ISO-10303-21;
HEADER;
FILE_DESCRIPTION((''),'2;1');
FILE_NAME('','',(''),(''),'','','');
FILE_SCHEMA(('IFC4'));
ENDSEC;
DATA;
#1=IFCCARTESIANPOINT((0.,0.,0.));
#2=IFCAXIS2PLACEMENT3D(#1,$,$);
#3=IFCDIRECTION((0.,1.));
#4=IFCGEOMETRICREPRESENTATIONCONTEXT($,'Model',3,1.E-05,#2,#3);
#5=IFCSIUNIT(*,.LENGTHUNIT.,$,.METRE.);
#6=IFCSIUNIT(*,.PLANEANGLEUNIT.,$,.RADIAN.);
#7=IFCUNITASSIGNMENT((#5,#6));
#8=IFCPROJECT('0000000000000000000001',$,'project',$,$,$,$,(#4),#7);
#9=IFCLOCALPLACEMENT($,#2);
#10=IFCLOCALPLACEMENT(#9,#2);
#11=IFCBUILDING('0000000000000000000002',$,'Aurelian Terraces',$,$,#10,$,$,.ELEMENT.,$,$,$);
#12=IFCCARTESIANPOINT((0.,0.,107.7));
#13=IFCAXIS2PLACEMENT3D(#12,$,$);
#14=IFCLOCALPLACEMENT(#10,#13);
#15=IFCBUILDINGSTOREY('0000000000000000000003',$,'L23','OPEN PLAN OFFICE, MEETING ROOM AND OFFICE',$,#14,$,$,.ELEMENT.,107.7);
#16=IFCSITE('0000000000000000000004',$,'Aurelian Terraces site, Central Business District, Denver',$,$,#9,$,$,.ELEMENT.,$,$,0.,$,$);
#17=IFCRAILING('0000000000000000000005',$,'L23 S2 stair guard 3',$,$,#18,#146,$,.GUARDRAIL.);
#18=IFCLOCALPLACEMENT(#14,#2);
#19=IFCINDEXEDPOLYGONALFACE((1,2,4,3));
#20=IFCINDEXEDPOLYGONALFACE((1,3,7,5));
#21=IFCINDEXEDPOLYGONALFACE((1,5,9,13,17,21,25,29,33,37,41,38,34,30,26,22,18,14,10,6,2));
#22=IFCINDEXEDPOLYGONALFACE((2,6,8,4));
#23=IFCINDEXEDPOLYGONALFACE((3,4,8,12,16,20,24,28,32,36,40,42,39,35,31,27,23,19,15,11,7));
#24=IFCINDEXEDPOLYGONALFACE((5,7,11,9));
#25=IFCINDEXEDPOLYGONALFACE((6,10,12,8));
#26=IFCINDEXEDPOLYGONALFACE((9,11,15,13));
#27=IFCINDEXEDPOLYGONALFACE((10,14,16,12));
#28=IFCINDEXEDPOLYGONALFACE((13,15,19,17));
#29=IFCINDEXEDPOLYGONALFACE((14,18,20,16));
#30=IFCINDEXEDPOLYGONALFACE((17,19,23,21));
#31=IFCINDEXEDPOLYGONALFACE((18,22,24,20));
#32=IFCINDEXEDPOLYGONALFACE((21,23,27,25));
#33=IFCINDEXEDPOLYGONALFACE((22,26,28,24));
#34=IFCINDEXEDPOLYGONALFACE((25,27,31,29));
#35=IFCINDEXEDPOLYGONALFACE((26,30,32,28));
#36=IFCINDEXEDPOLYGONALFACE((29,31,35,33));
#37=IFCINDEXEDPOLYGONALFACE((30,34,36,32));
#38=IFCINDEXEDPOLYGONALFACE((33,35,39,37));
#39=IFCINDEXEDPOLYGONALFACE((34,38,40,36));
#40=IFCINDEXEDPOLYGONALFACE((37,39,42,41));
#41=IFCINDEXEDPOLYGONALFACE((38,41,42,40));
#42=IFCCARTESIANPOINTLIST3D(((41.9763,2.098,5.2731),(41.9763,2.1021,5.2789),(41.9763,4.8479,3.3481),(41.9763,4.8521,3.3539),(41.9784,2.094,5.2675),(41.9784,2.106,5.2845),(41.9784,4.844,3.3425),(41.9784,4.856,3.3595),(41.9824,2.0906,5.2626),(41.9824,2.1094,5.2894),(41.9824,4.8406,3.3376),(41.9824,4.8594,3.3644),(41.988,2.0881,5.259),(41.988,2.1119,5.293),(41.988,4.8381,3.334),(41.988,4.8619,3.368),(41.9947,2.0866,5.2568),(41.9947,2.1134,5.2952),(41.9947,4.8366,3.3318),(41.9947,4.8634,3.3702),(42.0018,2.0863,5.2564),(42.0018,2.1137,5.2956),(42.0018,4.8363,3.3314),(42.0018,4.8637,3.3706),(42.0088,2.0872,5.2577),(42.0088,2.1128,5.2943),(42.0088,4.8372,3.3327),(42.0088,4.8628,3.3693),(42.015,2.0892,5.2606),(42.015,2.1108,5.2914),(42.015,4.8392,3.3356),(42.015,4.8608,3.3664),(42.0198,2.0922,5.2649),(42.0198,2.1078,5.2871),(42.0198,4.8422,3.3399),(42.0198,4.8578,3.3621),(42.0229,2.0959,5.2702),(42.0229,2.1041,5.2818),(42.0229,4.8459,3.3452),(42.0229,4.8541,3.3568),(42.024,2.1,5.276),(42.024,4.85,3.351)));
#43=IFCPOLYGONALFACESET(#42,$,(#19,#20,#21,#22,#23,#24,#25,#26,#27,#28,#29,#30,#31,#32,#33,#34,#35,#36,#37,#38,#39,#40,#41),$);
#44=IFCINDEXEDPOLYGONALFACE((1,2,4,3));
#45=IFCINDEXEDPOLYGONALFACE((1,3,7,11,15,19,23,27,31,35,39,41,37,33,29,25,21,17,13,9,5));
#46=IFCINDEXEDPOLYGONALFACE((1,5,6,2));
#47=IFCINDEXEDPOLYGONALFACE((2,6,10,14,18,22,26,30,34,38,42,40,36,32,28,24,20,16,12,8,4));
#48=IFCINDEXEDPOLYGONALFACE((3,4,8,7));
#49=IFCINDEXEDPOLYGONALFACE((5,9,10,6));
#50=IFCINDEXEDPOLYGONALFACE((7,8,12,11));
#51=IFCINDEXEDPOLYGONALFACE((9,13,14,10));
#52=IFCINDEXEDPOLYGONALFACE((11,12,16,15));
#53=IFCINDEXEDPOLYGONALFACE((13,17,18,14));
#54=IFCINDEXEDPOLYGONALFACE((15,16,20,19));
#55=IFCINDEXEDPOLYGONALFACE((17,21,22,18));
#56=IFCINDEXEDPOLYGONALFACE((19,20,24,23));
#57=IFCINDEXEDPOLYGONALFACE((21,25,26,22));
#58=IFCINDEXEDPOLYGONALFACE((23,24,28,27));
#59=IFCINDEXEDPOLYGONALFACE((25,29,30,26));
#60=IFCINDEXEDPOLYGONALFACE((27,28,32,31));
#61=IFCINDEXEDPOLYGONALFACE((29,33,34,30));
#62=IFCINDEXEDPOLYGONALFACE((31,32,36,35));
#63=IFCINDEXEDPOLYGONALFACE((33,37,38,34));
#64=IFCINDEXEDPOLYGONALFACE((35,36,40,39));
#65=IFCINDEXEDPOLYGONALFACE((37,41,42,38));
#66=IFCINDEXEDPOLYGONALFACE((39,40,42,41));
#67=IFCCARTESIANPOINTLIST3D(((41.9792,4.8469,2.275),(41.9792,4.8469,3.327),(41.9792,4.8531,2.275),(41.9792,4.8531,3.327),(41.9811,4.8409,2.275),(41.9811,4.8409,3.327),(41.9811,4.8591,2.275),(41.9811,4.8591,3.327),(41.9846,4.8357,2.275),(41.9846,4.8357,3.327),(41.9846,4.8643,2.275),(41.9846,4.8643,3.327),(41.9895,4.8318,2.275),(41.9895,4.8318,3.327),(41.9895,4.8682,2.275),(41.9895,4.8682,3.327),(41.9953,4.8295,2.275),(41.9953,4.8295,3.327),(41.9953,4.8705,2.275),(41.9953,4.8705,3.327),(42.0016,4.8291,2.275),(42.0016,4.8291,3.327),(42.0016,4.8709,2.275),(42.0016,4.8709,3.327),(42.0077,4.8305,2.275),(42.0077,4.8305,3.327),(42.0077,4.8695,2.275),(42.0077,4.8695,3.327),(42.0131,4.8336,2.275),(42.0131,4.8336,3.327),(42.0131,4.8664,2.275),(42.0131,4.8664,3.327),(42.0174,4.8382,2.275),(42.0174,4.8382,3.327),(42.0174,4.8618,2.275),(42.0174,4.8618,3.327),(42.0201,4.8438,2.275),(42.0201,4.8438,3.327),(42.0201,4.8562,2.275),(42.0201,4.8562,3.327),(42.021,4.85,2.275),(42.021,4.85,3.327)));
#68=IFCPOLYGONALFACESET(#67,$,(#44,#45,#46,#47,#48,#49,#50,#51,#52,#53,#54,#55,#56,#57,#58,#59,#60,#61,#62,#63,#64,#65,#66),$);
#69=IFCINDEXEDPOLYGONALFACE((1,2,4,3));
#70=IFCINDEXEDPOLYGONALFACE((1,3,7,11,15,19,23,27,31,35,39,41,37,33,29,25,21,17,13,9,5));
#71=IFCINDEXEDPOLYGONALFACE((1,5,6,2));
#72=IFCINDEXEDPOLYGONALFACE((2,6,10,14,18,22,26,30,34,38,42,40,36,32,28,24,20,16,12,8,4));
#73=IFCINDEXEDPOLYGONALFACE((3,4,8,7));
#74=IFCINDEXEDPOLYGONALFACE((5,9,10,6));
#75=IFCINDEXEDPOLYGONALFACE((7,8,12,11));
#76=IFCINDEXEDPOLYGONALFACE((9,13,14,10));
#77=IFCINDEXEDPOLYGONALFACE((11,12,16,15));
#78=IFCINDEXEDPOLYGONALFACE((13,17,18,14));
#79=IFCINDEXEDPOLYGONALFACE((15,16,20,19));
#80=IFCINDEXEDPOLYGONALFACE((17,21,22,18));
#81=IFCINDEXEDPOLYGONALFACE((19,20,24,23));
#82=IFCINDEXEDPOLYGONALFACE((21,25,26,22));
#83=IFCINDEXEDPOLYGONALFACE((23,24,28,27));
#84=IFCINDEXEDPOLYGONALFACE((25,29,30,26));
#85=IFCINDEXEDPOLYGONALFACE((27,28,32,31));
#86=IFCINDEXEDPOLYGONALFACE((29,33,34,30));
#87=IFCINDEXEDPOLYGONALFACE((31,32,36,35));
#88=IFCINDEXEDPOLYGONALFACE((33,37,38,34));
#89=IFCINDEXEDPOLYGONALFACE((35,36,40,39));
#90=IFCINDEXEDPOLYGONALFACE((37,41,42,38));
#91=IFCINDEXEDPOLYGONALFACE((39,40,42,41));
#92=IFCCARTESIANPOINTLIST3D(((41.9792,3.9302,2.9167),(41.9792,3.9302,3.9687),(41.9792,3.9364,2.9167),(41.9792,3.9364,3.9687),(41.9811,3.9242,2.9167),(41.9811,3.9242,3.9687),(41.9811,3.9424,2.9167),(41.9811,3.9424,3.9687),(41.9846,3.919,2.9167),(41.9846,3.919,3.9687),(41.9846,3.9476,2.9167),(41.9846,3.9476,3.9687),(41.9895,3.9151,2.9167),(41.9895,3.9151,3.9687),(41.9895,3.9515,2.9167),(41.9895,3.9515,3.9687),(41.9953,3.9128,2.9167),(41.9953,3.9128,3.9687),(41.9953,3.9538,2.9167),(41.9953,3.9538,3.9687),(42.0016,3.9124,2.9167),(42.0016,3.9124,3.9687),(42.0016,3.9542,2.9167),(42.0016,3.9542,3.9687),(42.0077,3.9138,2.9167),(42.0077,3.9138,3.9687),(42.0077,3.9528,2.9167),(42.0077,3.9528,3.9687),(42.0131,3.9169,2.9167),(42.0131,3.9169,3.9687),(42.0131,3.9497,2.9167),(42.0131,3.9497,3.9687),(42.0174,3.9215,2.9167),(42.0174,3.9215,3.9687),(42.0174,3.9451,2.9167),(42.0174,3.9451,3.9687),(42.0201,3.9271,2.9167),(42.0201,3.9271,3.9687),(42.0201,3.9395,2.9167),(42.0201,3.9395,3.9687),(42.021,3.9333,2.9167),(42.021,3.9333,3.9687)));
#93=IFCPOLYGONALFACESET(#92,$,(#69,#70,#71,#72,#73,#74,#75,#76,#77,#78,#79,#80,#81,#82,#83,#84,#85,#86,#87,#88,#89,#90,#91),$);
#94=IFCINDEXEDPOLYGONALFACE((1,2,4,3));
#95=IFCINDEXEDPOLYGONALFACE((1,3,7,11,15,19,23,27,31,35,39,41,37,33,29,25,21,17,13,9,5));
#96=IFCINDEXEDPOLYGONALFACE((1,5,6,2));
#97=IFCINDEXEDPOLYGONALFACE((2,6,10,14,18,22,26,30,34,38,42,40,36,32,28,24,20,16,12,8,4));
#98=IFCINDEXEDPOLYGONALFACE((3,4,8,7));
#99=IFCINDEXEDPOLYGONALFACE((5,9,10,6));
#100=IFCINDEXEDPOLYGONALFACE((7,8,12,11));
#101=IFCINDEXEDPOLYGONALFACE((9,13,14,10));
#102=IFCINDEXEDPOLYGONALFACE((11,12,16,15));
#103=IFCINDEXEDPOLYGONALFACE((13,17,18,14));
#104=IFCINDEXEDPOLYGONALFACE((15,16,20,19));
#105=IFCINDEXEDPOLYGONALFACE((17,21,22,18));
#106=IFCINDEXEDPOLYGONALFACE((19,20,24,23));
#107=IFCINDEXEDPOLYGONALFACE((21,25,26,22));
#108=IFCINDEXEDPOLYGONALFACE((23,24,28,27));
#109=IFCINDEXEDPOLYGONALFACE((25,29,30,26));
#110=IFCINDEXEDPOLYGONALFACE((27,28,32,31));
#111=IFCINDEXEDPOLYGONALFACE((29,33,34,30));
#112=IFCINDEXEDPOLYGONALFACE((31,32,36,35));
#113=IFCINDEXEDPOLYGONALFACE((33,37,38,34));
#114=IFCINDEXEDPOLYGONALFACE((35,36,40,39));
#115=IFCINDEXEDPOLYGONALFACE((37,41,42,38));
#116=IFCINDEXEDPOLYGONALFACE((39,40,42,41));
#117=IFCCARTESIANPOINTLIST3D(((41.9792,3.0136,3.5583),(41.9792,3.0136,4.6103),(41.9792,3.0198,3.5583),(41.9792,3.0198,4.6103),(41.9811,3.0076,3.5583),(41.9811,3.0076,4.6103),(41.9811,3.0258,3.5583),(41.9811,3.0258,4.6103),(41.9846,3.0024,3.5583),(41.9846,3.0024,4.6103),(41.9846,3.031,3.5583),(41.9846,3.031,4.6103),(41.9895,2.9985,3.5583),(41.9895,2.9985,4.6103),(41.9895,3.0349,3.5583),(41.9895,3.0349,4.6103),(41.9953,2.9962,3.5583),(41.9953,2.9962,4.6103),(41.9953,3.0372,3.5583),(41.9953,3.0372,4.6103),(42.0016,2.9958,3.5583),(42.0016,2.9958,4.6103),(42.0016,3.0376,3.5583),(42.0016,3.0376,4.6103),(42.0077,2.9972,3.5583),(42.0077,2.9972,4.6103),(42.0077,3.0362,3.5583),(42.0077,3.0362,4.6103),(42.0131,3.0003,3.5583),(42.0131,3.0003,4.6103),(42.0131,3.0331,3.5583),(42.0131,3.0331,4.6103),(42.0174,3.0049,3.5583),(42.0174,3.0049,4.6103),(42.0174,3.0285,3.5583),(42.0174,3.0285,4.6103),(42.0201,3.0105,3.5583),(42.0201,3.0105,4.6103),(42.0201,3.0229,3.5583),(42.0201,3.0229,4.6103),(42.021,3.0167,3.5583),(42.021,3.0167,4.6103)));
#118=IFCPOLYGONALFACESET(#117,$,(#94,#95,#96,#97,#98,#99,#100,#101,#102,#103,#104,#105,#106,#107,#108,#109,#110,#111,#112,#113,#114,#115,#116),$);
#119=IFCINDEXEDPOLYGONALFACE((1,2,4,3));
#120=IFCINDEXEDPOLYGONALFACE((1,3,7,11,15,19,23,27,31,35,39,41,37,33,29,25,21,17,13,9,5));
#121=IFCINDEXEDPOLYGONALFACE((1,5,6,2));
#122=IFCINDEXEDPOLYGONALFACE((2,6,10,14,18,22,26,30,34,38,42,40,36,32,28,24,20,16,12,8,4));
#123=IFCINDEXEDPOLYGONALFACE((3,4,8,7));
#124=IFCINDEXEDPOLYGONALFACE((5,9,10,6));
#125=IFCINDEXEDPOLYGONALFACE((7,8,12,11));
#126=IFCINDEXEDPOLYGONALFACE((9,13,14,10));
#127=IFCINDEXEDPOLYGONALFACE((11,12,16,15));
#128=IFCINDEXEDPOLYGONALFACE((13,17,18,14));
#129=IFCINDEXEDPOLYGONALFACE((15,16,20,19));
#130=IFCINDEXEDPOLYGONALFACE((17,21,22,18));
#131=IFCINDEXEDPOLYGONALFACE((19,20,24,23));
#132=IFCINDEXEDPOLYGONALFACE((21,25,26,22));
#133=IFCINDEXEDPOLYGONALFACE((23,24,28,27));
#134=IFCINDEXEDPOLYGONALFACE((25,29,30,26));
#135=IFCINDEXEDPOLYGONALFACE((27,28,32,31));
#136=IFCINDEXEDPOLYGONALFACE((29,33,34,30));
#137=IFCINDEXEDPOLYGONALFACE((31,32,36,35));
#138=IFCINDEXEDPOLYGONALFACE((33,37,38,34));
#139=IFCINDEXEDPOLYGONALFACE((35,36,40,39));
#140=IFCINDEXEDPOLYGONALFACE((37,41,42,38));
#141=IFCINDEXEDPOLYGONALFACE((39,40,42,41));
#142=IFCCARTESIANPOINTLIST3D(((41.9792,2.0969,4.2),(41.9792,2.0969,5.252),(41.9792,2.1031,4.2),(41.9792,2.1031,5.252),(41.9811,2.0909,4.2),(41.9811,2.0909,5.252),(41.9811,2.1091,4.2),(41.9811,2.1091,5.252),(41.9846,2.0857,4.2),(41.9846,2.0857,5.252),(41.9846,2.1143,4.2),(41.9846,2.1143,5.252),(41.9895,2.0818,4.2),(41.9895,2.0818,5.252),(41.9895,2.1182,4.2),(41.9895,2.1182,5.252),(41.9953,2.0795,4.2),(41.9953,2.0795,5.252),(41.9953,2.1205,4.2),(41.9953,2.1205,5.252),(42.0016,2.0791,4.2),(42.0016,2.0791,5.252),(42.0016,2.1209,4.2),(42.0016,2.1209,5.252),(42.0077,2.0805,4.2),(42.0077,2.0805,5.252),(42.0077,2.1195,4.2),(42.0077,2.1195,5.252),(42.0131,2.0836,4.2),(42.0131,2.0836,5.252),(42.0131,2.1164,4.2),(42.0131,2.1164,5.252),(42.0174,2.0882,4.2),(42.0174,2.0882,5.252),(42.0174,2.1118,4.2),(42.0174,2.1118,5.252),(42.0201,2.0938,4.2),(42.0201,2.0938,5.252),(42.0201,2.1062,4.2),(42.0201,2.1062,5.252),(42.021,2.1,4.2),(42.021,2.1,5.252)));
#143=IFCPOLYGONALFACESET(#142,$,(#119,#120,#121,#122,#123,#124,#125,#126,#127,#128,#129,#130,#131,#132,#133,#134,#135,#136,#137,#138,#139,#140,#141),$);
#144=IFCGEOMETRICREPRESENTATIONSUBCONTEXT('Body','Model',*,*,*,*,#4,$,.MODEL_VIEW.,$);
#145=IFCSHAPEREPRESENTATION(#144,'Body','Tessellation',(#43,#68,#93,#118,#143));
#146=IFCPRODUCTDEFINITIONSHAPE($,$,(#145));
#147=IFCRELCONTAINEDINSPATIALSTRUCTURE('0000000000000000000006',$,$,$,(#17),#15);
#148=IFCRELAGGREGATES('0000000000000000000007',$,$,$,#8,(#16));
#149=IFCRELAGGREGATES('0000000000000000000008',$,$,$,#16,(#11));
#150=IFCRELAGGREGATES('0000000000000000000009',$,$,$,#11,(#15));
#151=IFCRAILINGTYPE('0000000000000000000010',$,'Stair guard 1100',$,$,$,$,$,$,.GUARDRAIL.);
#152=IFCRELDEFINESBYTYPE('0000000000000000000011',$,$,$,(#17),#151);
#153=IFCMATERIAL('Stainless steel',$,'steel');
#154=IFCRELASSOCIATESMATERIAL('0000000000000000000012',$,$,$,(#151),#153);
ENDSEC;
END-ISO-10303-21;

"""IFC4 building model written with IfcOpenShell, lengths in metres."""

from ifc_helpers import new_model, si_unit, direction, frame, origin, origin_2d, place, context, subcontext, project, spatial, circle, extrude, source, transform, mapped, material, type_object, element, save


model = new_model("IFC4")

# Units and contexts
model_context = context("Model", 3, precision=1e-05, world=origin(), true_north=direction((0.0, 1.0)))
body_context = subcontext(model_context, "Body", "Model", "MODEL_VIEW")
ifc_project = project(units=[si_unit("LENGTHUNIT", "METRE"), si_unit("PLANEANGLEUNIT", "RADIAN")], contexts=[model_context])

# Site, building, storey
site_placement = place(None, origin())
site = spatial("IfcSite", under=ifc_project, at=site_placement, Name="Aurelian Terraces site, Central Business District, Denver", CompositionType="ELEMENT", RefElevation=0.0)
building_placement = place(site_placement, origin())
building = spatial("IfcBuilding", under=site, at=building_placement, Name="Aurelian Terraces", CompositionType="ELEMENT")
storey_placement = place(building_placement, frame((0.0, 0.0, 107.7)))
storey = spatial("IfcBuildingStorey", under=building, at=storey_placement, Name="L23", Description="OPEN PLAN OFFICE, MEETING ROOM AND OFFICE", CompositionType="ELEMENT", Elevation=107.7)

# Railing
ifc_material_1 = material(Name="Stainless steel", Category="steel")
railing_type_1 = type_object("IfcRailingType", Name="Stair guard 1100", PredefinedType="GUARDRAIL", material=ifc_material_1)
shared_shape_1 = source(origin(), body_context, "Body", "SweptSolid", [
    extrude(circle(Radius=0.024, at=origin_2d()), frame((0.0, 0.0, 1.076), z_axis=(0.0, -0.819232, 0.573462), x_axis=(1.0, 0.0, 0.0)), (0.0, 0.0, 1.0), 3.3568),
    extrude(circle(Radius=0.021, at=origin_2d()), origin(), (0.0, 0.0, 1.0), 1.052),
    extrude(circle(Radius=0.021, at=origin_2d()), frame((0.0, -0.9167, 0.6417)), (0.0, 0.0, 1.0), 1.052),
    extrude(circle(Radius=0.021, at=origin_2d()), frame((0.0, -1.8333, 1.2833)), (0.0, 0.0, 1.0), 1.052),
    extrude(circle(Radius=0.021, at=origin_2d()), frame((0.0, -2.75, 1.925)), (0.0, 0.0, 1.0), 1.052),
])
railing_1_placement = place(storey_placement, frame((42.0, 4.85, 2.275)))
element("IfcRailing", 1, at=railing_1_placement, inside=storey, type_object=railing_type_1, Name="L23 S2 stair guard 3", PredefinedType="GUARDRAIL", context=body_context, shape_type="MappedRepresentation", body=[
    mapped(shared_shape_1, transform((0.0, 0.0, 0.0), scale=1.0)),
])

save(model, "model.ifc")
